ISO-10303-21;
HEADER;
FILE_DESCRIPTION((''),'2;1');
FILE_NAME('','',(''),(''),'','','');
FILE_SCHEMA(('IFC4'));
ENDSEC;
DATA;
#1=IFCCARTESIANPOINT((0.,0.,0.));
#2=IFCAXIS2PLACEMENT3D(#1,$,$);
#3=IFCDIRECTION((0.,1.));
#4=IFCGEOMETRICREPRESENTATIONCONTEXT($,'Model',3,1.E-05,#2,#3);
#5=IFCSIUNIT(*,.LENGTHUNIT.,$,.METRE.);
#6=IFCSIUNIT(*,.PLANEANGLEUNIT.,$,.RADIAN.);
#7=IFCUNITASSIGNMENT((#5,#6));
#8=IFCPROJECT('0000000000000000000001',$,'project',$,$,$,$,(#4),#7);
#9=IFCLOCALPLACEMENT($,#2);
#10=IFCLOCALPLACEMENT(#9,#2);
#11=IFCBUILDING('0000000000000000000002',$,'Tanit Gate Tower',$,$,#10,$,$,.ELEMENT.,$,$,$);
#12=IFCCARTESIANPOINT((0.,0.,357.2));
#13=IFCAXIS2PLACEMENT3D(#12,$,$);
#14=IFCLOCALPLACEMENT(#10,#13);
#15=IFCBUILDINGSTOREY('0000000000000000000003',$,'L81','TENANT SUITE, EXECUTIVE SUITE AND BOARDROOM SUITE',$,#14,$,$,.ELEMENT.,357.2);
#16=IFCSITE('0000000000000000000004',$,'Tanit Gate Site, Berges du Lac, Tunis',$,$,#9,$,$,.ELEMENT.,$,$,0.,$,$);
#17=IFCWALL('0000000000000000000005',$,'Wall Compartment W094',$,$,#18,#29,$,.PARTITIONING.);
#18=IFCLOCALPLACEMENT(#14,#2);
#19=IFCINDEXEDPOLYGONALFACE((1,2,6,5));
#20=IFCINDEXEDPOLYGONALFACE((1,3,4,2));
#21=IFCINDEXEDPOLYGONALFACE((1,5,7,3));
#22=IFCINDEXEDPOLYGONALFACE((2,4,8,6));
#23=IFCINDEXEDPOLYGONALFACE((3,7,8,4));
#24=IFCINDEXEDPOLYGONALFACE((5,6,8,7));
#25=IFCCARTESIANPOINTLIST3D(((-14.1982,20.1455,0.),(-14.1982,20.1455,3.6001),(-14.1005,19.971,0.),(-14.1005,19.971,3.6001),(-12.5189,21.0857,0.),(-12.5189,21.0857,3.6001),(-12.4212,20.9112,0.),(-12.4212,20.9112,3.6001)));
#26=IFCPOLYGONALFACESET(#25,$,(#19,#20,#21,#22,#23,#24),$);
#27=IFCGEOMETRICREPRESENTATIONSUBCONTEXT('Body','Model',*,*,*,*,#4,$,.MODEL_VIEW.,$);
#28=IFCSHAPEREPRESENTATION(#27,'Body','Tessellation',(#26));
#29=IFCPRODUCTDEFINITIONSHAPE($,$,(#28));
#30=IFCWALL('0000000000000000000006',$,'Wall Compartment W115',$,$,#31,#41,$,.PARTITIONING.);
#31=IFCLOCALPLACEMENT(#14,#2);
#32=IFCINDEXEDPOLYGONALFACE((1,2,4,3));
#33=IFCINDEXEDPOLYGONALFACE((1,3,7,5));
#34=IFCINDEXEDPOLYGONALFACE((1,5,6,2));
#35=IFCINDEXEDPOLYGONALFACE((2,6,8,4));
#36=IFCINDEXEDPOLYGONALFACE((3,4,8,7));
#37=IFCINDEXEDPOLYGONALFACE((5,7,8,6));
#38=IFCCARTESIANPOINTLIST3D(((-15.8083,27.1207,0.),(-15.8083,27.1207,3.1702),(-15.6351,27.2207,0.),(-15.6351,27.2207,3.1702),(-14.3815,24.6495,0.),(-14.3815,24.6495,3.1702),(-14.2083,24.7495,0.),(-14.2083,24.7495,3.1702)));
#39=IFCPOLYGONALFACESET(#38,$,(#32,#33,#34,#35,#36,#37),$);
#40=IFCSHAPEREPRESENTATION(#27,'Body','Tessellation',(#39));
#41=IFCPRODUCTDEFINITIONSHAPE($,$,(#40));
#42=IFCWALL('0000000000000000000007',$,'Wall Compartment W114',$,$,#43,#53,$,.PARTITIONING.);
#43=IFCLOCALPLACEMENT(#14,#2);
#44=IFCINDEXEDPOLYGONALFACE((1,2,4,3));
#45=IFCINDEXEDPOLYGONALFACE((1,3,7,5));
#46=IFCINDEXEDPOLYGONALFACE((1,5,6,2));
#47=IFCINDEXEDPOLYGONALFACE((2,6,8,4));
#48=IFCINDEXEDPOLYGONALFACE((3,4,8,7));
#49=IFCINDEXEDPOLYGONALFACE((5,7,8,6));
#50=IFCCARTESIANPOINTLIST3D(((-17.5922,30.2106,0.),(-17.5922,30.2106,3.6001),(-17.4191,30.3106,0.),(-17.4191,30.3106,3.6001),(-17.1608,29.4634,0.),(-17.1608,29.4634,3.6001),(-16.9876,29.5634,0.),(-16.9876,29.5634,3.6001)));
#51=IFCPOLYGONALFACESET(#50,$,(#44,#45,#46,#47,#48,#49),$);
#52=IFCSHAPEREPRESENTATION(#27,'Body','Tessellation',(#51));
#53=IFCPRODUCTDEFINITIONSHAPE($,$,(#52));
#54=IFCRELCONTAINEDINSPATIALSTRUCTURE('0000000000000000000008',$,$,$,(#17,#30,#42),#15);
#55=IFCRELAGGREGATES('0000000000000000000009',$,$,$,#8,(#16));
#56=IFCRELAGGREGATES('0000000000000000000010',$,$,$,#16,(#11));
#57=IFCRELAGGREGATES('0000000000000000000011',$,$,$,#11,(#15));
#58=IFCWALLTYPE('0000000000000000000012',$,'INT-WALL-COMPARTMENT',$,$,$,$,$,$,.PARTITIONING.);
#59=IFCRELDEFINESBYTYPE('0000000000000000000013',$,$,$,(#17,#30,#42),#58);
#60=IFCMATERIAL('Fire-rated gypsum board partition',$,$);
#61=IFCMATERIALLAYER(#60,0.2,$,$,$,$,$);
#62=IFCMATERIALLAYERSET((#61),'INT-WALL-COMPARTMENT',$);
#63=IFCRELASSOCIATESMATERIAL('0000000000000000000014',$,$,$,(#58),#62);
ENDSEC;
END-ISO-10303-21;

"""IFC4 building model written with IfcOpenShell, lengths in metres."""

from ifc_helpers import new_model, si_unit, direction, frame, frame_2d, origin, place, context, subcontext, project, spatial, rectangle, extrude, material, layer, layer_set, type_object, element, save


model = new_model("IFC4")

# Units and contexts
model_context = context("Model", 3, precision=1e-05, world=origin(), true_north=direction((0.0, 1.0)))
body_context = subcontext(model_context, "Body", "Model", "MODEL_VIEW")
ifc_project = project(units=[si_unit("LENGTHUNIT", "METRE"), si_unit("PLANEANGLEUNIT", "RADIAN")], contexts=[model_context])

# Site, building, storey
site_placement = place(None, origin())
site = spatial("IfcSite", under=ifc_project, at=site_placement, Name="Tanit Gate Site, Berges du Lac, Tunis", CompositionType="ELEMENT", RefElevation=0.0)
building_placement = place(site_placement, origin())
building = spatial("IfcBuilding", under=site, at=building_placement, Name="Tanit Gate Tower", CompositionType="ELEMENT")
storey_placement = place(building_placement, frame((0.0, 0.0, 357.2)))
storey = spatial("IfcBuildingStorey", under=building, at=storey_placement, Name="L81", Description="TENANT SUITE, EXECUTIVE SUITE AND BOARDROOM SUITE", CompositionType="ELEMENT", Elevation=357.2)

# Shared definitions
ifc_material_1 = material(Name="Fire-rated gypsum board partition")
ifc_layer_1 = layer(ifc_material_1, 0.2)
ifc_layer_set_1 = layer_set([ifc_layer_1], Name="INT-WALL-COMPARTMENT")
wall_type_1 = type_object("IfcWallType", Name="INT-WALL-COMPARTMENT", PredefinedType="PARTITIONING", material=ifc_layer_set_1)

# Walls
wall_1_placement = place(storey_placement, frame((-12.47, 20.9985, 0.0), z_axis=(0.0, 0.0, 1.0), x_axis=(-0.872543, -0.488538, 0.0)))
element("IfcWall", 1, at=wall_1_placement, inside=storey, type_object=wall_type_1, Name="Wall Compartment W094", PredefinedType="PARTITIONING", context=body_context, shape_type="SweptSolid", body=[
    extrude(rectangle(XDim=1.9246, YDim=0.2, at=frame_2d((0.9624, 0.0))), origin(), (0.0, 0.0, 1.0), 3.6001),
])
wall_2_placement = place(storey_placement, frame((-14.2949, 24.6995, 0.0), z_axis=(0.0, 0.0, 1.0), x_axis=(-0.500004, 0.866023, 0.0)))
element("IfcWall", 2, at=wall_2_placement, inside=storey, type_object=wall_type_1, Name="Wall Compartment W115", PredefinedType="PARTITIONING", context=body_context, shape_type="SweptSolid", body=[
    extrude(rectangle(XDim=2.8535, YDim=0.2, at=frame_2d((1.4268, 0.0))), origin(), (0.0, 0.0, 1.0), 3.1702),
])
wall_3_placement = place(storey_placement, frame((-17.0742, 29.5134, 0.0), z_axis=(0.0, 0.0, 1.0), x_axis=(-0.500065, 0.865988, 0.0)))
element("IfcWall", 3, at=wall_3_placement, inside=storey, type_object=wall_type_1, Name="Wall Compartment W114", PredefinedType="PARTITIONING", context=body_context, shape_type="SweptSolid", body=[
    extrude(rectangle(XDim=0.8628, YDim=0.2, at=frame_2d((0.4314, 0.0))), origin(), (0.0, 0.0, 1.0), 3.6001),
])

save(model, "model.ifc")
